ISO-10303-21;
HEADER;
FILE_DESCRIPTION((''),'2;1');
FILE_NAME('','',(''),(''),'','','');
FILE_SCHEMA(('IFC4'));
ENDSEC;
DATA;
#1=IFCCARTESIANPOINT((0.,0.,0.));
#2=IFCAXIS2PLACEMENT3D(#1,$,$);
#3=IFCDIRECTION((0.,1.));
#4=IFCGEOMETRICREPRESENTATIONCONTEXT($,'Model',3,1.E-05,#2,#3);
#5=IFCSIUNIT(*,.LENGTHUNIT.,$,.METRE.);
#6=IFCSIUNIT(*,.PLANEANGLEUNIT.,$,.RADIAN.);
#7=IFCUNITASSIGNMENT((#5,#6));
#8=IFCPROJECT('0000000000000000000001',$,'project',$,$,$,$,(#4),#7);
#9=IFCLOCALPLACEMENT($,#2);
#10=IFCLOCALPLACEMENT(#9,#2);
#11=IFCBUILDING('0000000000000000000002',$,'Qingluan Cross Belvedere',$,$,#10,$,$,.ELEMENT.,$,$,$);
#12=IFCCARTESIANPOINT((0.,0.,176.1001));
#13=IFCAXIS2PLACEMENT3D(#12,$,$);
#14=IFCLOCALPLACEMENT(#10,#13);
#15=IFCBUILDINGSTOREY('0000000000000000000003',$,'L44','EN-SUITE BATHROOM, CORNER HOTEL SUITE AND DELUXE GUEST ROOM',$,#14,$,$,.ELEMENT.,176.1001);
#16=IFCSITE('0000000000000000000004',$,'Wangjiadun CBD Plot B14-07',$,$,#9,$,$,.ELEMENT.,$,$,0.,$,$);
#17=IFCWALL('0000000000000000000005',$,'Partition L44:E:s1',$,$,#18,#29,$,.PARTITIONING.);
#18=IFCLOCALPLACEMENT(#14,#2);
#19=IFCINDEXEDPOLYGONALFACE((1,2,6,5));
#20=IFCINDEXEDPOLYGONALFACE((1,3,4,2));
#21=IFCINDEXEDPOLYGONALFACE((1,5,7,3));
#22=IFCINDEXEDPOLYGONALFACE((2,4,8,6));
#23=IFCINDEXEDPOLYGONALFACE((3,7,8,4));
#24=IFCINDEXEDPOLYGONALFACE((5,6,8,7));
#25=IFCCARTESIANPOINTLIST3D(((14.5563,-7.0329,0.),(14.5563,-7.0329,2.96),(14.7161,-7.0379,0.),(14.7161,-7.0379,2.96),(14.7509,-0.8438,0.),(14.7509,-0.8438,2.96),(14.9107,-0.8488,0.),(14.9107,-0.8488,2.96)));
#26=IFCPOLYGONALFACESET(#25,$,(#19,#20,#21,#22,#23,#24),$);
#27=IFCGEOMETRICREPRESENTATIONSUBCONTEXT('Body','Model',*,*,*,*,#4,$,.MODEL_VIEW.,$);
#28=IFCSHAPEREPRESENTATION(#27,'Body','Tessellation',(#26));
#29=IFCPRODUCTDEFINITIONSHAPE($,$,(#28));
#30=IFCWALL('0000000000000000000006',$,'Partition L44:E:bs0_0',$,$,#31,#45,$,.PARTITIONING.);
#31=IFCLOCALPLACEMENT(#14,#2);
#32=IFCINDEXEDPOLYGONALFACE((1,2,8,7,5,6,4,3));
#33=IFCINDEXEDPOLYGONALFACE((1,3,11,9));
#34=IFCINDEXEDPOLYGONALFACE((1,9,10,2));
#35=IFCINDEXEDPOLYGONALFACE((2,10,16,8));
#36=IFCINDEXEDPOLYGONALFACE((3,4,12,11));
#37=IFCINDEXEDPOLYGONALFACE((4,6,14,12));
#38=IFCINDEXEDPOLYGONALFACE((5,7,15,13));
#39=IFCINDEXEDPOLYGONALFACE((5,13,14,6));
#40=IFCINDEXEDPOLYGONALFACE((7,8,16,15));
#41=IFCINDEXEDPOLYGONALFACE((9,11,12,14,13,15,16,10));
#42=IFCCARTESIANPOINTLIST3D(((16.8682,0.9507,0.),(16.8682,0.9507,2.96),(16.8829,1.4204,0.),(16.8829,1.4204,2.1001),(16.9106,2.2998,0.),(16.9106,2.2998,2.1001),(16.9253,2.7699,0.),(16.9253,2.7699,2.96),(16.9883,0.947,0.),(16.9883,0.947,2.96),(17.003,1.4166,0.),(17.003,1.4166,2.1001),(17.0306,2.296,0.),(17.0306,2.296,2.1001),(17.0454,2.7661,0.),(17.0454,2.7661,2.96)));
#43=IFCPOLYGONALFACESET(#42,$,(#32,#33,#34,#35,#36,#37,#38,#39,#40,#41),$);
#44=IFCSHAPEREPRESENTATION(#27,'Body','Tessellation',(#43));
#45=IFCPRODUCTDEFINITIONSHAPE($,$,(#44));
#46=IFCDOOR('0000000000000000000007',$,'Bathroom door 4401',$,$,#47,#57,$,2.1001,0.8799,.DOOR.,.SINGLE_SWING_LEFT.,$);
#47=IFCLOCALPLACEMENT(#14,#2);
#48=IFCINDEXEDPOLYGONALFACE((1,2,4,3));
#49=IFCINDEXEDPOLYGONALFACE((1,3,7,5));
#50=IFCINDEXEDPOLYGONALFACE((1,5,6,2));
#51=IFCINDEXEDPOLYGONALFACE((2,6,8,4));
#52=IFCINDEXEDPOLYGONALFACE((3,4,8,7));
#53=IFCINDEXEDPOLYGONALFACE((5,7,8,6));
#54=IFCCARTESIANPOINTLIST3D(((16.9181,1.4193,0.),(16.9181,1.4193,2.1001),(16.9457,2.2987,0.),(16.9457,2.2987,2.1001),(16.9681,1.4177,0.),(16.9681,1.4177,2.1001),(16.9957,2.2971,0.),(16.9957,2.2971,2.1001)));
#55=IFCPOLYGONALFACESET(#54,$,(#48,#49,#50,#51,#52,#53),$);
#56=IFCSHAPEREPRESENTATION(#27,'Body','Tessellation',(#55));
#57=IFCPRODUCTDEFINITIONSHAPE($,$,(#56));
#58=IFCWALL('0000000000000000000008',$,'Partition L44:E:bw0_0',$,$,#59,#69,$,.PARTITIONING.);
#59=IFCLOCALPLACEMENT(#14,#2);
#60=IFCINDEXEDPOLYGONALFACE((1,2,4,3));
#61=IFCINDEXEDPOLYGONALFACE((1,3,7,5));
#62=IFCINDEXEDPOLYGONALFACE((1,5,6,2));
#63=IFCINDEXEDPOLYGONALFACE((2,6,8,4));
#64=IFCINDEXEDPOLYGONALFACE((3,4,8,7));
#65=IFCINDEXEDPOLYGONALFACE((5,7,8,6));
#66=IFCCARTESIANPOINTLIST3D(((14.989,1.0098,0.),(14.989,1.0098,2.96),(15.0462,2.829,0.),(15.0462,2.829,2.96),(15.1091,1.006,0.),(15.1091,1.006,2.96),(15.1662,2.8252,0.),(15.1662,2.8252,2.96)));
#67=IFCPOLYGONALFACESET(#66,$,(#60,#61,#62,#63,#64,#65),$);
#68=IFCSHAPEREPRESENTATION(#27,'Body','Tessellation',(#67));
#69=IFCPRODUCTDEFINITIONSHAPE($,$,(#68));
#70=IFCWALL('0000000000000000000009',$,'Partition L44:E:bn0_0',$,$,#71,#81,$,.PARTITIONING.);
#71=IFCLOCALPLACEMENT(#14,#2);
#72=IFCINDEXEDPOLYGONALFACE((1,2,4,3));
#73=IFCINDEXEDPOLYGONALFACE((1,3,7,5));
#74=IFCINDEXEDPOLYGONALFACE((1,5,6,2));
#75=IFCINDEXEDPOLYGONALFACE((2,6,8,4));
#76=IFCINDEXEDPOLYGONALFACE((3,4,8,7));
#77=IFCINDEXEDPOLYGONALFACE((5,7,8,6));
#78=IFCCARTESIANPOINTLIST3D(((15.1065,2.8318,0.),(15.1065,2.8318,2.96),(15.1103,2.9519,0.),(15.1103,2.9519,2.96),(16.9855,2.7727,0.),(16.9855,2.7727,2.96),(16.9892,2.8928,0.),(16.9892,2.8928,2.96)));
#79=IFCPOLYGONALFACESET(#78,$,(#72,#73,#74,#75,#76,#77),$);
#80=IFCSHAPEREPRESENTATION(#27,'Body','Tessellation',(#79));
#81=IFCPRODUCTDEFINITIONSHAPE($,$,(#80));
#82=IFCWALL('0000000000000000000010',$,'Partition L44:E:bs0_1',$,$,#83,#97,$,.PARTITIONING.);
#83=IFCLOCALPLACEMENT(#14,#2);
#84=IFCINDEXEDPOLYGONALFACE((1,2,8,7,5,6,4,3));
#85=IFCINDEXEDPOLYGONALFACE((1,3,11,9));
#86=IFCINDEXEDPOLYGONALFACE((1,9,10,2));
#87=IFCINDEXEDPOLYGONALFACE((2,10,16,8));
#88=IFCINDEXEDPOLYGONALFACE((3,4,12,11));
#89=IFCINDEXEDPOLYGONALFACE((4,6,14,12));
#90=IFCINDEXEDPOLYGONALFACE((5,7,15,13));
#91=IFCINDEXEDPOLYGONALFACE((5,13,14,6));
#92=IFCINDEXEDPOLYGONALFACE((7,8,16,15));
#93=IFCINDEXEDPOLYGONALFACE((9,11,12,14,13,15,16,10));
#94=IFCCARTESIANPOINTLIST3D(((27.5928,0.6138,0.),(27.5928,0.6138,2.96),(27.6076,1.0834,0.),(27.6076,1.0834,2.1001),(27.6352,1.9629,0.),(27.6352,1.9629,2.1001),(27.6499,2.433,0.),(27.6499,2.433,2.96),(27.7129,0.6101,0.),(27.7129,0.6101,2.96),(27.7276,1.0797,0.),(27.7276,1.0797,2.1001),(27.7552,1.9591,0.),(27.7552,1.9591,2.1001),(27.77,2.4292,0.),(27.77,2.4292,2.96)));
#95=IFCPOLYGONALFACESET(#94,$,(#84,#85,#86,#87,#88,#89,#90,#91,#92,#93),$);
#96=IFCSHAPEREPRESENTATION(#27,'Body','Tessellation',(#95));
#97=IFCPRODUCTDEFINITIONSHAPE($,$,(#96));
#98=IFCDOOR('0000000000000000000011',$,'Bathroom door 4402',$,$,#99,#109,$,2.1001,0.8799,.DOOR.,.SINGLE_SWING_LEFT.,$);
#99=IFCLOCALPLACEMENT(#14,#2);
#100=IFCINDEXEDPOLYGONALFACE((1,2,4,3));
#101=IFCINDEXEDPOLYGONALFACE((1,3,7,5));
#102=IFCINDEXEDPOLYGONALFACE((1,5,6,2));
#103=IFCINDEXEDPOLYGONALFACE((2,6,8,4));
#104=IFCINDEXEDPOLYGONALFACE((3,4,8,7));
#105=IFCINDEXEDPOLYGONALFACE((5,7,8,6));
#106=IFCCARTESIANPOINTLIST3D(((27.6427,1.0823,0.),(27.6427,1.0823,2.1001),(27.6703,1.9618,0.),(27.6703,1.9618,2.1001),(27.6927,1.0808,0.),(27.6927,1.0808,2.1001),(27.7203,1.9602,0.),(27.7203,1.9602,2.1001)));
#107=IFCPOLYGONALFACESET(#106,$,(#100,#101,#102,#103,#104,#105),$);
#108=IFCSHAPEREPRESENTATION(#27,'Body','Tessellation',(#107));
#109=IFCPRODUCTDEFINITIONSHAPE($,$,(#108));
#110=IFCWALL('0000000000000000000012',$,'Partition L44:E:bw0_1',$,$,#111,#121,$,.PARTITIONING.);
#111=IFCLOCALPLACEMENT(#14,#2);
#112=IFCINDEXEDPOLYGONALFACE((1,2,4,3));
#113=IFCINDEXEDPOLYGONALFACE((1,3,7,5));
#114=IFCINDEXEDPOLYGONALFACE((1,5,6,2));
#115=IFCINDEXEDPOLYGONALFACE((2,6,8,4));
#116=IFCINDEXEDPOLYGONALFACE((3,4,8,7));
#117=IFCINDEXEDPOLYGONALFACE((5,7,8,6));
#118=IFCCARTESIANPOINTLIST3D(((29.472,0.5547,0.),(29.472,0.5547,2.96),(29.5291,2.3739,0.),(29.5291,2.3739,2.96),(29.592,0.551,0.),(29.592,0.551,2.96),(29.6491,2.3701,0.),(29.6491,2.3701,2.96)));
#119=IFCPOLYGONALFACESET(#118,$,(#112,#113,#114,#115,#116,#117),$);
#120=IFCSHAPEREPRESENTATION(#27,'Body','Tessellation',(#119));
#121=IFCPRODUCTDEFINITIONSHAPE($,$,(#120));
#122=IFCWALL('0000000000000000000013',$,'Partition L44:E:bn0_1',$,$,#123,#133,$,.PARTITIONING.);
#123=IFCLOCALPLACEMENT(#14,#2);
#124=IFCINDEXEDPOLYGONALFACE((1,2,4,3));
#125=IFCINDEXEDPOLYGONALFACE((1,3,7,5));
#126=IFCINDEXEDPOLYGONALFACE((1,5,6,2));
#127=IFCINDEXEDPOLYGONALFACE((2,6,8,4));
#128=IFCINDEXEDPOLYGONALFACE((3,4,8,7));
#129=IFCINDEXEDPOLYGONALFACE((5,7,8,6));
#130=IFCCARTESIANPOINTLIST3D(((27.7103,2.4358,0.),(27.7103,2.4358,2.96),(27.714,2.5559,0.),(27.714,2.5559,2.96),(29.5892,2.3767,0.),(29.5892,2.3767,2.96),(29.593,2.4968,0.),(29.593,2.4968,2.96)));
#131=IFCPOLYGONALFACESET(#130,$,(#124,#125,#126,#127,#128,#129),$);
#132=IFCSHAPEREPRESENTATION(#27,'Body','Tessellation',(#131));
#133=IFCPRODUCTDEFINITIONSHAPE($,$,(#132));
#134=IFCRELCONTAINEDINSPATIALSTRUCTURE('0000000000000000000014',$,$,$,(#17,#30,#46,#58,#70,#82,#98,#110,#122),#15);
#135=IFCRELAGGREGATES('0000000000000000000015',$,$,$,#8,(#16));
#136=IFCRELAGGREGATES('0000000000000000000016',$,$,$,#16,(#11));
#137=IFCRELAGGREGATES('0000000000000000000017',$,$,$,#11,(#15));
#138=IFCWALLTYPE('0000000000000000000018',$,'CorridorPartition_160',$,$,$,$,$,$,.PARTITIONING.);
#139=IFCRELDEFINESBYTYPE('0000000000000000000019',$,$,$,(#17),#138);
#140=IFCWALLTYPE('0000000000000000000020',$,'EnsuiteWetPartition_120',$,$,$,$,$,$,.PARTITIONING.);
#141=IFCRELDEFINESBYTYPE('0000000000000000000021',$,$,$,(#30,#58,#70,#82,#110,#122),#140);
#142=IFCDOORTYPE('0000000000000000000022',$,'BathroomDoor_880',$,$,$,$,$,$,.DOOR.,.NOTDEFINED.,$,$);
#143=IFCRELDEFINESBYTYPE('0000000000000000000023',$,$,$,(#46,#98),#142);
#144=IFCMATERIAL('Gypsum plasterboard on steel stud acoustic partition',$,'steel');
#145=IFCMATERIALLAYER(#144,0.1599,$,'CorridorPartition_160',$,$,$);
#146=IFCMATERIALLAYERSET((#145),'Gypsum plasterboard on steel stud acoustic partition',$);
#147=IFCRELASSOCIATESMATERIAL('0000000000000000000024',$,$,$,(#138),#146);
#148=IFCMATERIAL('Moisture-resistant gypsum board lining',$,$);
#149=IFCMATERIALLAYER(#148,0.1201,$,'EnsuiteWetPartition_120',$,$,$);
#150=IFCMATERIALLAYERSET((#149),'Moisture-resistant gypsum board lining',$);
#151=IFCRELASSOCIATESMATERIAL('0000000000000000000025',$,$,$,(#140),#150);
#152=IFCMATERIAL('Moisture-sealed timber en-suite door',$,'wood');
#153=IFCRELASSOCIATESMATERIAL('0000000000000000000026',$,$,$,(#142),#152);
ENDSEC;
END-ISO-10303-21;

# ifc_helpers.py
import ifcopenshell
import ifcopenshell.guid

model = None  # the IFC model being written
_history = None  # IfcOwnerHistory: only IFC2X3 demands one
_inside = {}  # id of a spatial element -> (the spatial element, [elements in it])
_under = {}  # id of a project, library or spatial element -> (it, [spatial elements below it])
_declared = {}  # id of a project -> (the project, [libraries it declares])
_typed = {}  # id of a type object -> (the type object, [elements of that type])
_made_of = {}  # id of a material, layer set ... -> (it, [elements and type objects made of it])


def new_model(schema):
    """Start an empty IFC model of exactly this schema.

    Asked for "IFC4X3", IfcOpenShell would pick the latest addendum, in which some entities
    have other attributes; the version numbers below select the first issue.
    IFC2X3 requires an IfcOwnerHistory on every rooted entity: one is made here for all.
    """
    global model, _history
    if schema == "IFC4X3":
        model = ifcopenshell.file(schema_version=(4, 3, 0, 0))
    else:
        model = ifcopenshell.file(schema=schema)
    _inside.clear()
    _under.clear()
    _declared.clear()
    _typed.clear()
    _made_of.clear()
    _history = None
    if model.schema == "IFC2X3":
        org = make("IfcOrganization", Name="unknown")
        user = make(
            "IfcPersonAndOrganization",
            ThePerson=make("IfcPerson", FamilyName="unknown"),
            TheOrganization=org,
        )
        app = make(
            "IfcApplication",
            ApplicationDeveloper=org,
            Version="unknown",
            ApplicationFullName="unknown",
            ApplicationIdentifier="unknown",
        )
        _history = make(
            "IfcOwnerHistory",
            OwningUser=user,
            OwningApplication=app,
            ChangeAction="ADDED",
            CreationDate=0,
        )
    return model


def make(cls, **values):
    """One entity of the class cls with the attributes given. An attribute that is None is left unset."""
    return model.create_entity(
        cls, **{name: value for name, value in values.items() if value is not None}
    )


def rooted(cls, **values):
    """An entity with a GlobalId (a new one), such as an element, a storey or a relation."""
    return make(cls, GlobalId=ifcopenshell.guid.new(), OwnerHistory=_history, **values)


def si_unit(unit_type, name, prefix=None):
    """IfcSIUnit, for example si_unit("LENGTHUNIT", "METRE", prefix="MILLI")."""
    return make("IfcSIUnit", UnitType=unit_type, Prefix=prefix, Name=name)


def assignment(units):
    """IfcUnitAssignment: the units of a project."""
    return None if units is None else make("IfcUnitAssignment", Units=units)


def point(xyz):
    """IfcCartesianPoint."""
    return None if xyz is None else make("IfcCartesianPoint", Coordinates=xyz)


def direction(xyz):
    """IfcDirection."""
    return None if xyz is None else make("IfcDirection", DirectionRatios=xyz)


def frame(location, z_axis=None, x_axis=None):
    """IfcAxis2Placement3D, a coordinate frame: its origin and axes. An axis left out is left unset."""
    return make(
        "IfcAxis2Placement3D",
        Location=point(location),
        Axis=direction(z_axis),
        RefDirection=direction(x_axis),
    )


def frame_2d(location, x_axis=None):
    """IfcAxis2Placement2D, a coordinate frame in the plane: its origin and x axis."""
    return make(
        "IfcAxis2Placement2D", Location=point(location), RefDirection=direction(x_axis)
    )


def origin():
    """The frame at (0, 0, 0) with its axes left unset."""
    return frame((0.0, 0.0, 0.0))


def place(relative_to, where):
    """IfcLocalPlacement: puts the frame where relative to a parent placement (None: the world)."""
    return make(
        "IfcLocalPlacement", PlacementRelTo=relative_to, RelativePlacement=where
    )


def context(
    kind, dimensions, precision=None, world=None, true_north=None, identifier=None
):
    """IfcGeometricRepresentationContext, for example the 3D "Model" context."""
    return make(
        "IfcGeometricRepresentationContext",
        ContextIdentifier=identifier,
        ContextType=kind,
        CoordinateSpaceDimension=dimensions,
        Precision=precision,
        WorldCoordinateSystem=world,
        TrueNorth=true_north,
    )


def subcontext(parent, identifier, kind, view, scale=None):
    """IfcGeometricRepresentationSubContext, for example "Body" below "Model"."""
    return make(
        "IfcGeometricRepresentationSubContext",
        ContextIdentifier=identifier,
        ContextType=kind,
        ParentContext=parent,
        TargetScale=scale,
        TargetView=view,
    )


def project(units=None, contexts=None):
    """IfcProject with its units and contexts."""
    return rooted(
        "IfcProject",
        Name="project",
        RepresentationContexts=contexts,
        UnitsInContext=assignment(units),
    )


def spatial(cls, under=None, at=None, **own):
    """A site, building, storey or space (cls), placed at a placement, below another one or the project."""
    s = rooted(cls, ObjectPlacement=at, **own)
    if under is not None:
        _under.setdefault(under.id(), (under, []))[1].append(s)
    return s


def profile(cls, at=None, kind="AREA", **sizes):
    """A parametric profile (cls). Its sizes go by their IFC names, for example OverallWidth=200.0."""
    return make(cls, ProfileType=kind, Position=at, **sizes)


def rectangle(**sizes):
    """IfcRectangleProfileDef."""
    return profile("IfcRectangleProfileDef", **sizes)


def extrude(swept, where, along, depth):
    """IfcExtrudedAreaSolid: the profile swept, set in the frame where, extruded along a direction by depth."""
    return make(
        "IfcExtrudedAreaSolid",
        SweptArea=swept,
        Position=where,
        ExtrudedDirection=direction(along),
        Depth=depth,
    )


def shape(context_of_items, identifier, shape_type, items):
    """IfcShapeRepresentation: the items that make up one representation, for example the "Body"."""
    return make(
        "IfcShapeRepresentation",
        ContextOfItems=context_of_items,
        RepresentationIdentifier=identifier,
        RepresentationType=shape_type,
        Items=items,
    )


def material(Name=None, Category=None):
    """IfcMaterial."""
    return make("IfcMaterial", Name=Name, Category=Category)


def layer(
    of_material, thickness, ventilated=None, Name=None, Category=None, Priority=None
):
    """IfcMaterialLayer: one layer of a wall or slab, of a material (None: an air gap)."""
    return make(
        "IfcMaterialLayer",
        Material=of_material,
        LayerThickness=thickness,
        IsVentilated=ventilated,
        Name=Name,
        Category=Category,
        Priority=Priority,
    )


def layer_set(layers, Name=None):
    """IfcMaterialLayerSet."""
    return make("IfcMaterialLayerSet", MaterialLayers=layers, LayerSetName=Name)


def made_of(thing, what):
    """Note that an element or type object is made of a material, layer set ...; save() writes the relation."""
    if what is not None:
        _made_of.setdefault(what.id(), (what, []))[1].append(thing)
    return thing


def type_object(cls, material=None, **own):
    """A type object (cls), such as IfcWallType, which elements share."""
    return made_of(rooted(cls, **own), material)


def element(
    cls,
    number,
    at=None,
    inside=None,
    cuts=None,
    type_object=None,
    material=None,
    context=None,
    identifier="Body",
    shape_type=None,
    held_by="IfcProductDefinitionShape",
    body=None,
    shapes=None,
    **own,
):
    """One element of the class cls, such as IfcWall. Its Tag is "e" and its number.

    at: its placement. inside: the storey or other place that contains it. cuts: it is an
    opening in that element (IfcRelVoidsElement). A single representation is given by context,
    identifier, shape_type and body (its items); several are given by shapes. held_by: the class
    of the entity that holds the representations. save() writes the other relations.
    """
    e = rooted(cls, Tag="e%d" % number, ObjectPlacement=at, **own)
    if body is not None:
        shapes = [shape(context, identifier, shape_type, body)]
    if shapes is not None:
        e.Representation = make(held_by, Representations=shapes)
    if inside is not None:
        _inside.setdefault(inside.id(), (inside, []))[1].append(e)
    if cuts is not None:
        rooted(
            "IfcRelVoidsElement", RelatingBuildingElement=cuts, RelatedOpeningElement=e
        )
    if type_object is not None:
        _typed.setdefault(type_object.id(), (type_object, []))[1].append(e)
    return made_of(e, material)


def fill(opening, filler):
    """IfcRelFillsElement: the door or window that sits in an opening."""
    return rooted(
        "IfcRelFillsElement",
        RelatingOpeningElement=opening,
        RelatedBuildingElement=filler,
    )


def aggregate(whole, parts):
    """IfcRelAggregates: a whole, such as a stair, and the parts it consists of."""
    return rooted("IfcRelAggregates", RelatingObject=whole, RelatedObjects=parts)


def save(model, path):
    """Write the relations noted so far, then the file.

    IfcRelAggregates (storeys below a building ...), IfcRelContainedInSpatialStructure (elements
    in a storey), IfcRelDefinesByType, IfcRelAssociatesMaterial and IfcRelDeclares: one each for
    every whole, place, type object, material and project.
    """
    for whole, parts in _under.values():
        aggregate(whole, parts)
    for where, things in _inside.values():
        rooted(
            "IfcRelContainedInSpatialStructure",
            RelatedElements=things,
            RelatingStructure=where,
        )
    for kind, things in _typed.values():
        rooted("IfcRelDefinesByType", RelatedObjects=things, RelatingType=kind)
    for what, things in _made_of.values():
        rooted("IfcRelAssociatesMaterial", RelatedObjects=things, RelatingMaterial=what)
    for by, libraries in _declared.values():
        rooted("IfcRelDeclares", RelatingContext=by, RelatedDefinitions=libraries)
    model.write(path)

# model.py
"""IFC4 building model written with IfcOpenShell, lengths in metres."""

from ifc_helpers import new_model, si_unit, direction, frame, frame_2d, origin, place, context, subcontext, project, spatial, rectangle, extrude, material, layer, layer_set, type_object, element, fill, save


model = new_model("IFC4")

# Units and contexts
model_context = context("Model", 3, precision=1e-05, world=origin(), true_north=direction((0.0, 1.0)))
body_context = subcontext(model_context, "Body", "Model", "MODEL_VIEW")
ifc_project = project(units=[si_unit("LENGTHUNIT", "METRE"), si_unit("PLANEANGLEUNIT", "RADIAN")], contexts=[model_context])

# Site, building, storey
site_placement = place(None, origin())
site = spatial("IfcSite", under=ifc_project, at=site_placement, Name="Wangjiadun CBD Plot B14-07", CompositionType="ELEMENT", RefElevation=0.0)
building_placement = place(site_placement, origin())
building = spatial("IfcBuilding", under=site, at=building_placement, Name="Qingluan Cross Belvedere", CompositionType="ELEMENT")
storey_placement = place(building_placement, frame((0.0, 0.0, 176.1001)))
storey = spatial("IfcBuildingStorey", under=building, at=storey_placement, Name="L44", Description="EN-SUITE BATHROOM, CORNER HOTEL SUITE AND DELUXE GUEST ROOM", CompositionType="ELEMENT", Elevation=176.1001)

# Shared definitions
ifc_material_1 = material(Name="Gypsum plasterboard on steel stud acoustic partition", Category="steel")
ifc_layer_1 = layer(ifc_material_1, 0.1599, Name="CorridorPartition_160")
ifc_layer_set_1 = layer_set([ifc_layer_1], Name="Gypsum plasterboard on steel stud acoustic partition")
wall_type_1 = type_object("IfcWallType", Name="CorridorPartition_160", PredefinedType="PARTITIONING", material=ifc_layer_set_1)

# Wall
wall_1_placement = place(storey_placement, frame((14.8308, -0.8462, 0.0), z_axis=(0.0, 0.0, 1.0), x_axis=(-0.031424, -0.999506, 0.0)))
element("IfcWall", 1, at=wall_1_placement, inside=storey, type_object=wall_type_1, Name="Partition L44:E:s1", PredefinedType="PARTITIONING", context=body_context, shape_type="SweptSolid", body=[
    extrude(rectangle(XDim=6.1921, YDim=0.1599, at=frame_2d((3.0962, 0.0))), origin(), (0.0, 0.0, 1.0), 2.96),
])

# Wall, opening, door
ifc_material_2 = material(Name="Moisture-resistant gypsum board lining")
ifc_layer_2 = layer(ifc_material_2, 0.1201, Name="EnsuiteWetPartition_120")
ifc_layer_set_2 = layer_set([ifc_layer_2], Name="Moisture-resistant gypsum board lining")
wall_type_2 = type_object("IfcWallType", Name="EnsuiteWetPartition_120", PredefinedType="PARTITIONING", material=ifc_layer_set_2)
wall_2_placement = place(storey_placement, frame((16.9282, 0.9487, 0.0), z_axis=(0.0, 0.0, 1.0), x_axis=(0.03139, 0.999507, 0.0)))
wall_2 = element("IfcWall", 2, at=wall_2_placement, inside=storey, type_object=wall_type_2, Name="Partition L44:E:bs0_0", PredefinedType="PARTITIONING", context=body_context, shape_type="SweptSolid", body=[
    extrude(rectangle(XDim=1.8201, YDim=0.1201, at=frame_2d((0.9102, 0.0))), origin(), (0.0, 0.0, 1.0), 2.96),
])
opening_1_placement = place(wall_2_placement, frame((0.47, 0.0, 0.0)))
opening_1 = element("IfcOpeningElement", 3, at=opening_1_placement, cuts=wall_2, PredefinedType="OPENING", context=body_context, shape_type="SweptSolid", body=[
    extrude(rectangle(XDim=0.8799, YDim=2.1001, at=frame_2d((0.4399, 1.05))), frame((0.0, 0.0701, 0.0), z_axis=(0.0, -1.0, 0.0), x_axis=(1.0, 0.0, 0.0)), (0.0, 0.0, 1.0), 0.1401),
])
ifc_material_3 = material(Name="Moisture-sealed timber en-suite door", Category="wood")
door_type_1 = type_object("IfcDoorType", Name="BathroomDoor_880", OperationType="NOTDEFINED", PredefinedType="DOOR", material=ifc_material_3)
door_1_placement = place(opening_1_placement, origin())
door_1 = element("IfcDoor", 4, at=door_1_placement, inside=storey, type_object=door_type_1, Name="Bathroom door 4401", OperationType="SINGLE_SWING_LEFT", OverallHeight=2.1001, OverallWidth=0.8799, PredefinedType="DOOR", context=body_context, shape_type="SweptSolid", body=[
    extrude(rectangle(XDim=0.8799, YDim=2.1001, at=frame_2d((0.4399, 1.05))), frame((0.0, 0.0249, 0.0), z_axis=(0.0, -1.0, 0.0), x_axis=(1.0, 0.0, 0.0)), (0.0, 0.0, 1.0), 0.05),
])
fill(opening_1, door_1)

# Walls
wall_3_placement = place(storey_placement, frame((15.0491, 1.0078, 0.0), z_axis=(0.0, 0.0, 1.0), x_axis=(0.03139, 0.999507, 0.0)))
element("IfcWall", 5, at=wall_3_placement, inside=storey, type_object=wall_type_2, Name="Partition L44:E:bw0_0", PredefinedType="PARTITIONING", context=body_context, shape_type="SweptSolid", body=[
    extrude(rectangle(XDim=1.8201, YDim=0.1201, at=frame_2d((0.9102, 0.0))), origin(), (0.0, 0.0, 1.0), 2.96),
])
wall_4_placement = place(storey_placement, frame((15.1084, 2.8918, 0.0), z_axis=(0.0, 0.0, 1.0), x_axis=(0.999506, -0.031429, 0.0)))
element("IfcWall", 6, at=wall_4_placement, inside=storey, type_object=wall_type_2, Name="Partition L44:E:bn0_0", PredefinedType="PARTITIONING", context=body_context, shape_type="SweptSolid", body=[
    extrude(rectangle(XDim=1.8799, YDim=0.1201, at=frame_2d((0.9399, 0.0))), origin(), (0.0, 0.0, 1.0), 2.96),
])

# Wall, opening, door
wall_5_placement = place(storey_placement, frame((27.6528, 0.6118, 0.0), z_axis=(0.0, 0.0, 1.0), x_axis=(0.03139, 0.999507, 0.0)))
wall_5 = element("IfcWall", 7, at=wall_5_placement, inside=storey, type_object=wall_type_2, Name="Partition L44:E:bs0_1", PredefinedType="PARTITIONING", context=body_context, shape_type="SweptSolid", body=[
    extrude(rectangle(XDim=1.8201, YDim=0.1201, at=frame_2d((0.9102, 0.0))), origin(), (0.0, 0.0, 1.0), 2.96),
])
opening_2_placement = place(wall_5_placement, frame((0.47, 0.0, 0.0)))
opening_2 = element("IfcOpeningElement", 8, at=opening_2_placement, cuts=wall_5, PredefinedType="OPENING", context=body_context, shape_type="SweptSolid", body=[
    extrude(rectangle(XDim=0.8799, YDim=2.1001, at=frame_2d((0.4399, 1.05))), frame((0.0, 0.0701, 0.0), z_axis=(0.0, -1.0, 0.0), x_axis=(1.0, 0.0, 0.0)), (0.0, 0.0, 1.0), 0.1401),
])
door_2_placement = place(opening_2_placement, origin())
door_2 = element("IfcDoor", 9, at=door_2_placement, inside=storey, type_object=door_type_1, Name="Bathroom door 4402", OperationType="SINGLE_SWING_LEFT", OverallHeight=2.1001, OverallWidth=0.8799, PredefinedType="DOOR", context=body_context, shape_type="SweptSolid", body=[
    extrude(rectangle(XDim=0.8799, YDim=2.1001, at=frame_2d((0.4399, 1.05))), frame((0.0, 0.0249, 0.0), z_axis=(0.0, -1.0, 0.0), x_axis=(1.0, 0.0, 0.0)), (0.0, 0.0, 1.0), 0.05),
])
fill(opening_2, door_2)

# Walls
wall_6_placement = place(storey_placement, frame((29.532, 0.5527, 0.0), z_axis=(0.0, 0.0, 1.0), x_axis=(0.03139, 0.999507, 0.0)))
element("IfcWall", 10, at=wall_6_placement, inside=storey, type_object=wall_type_2, Name="Partition L44:E:bw0_1", PredefinedType="PARTITIONING", context=body_context, shape_type="SweptSolid", body=[
    extrude(rectangle(XDim=1.8201, YDim=0.1201, at=frame_2d((0.9102, 0.0))), origin(), (0.0, 0.0, 1.0), 2.96),
])
wall_7_placement = place(storey_placement, frame((27.7122, 2.4958, 0.0), z_axis=(0.0, 0.0, 1.0), x_axis=(0.999506, -0.031429, 0.0)))
element("IfcWall", 11, at=wall_7_placement, inside=storey, type_object=wall_type_2, Name="Partition L44:E:bn0_1", PredefinedType="PARTITIONING", context=body_context, shape_type="SweptSolid", body=[
    extrude(rectangle(XDim=1.8799, YDim=0.1201, at=frame_2d((0.9399, 0.0))), origin(), (0.0, 0.0, 1.0), 2.96),
])

save(model, "model.ifc")
